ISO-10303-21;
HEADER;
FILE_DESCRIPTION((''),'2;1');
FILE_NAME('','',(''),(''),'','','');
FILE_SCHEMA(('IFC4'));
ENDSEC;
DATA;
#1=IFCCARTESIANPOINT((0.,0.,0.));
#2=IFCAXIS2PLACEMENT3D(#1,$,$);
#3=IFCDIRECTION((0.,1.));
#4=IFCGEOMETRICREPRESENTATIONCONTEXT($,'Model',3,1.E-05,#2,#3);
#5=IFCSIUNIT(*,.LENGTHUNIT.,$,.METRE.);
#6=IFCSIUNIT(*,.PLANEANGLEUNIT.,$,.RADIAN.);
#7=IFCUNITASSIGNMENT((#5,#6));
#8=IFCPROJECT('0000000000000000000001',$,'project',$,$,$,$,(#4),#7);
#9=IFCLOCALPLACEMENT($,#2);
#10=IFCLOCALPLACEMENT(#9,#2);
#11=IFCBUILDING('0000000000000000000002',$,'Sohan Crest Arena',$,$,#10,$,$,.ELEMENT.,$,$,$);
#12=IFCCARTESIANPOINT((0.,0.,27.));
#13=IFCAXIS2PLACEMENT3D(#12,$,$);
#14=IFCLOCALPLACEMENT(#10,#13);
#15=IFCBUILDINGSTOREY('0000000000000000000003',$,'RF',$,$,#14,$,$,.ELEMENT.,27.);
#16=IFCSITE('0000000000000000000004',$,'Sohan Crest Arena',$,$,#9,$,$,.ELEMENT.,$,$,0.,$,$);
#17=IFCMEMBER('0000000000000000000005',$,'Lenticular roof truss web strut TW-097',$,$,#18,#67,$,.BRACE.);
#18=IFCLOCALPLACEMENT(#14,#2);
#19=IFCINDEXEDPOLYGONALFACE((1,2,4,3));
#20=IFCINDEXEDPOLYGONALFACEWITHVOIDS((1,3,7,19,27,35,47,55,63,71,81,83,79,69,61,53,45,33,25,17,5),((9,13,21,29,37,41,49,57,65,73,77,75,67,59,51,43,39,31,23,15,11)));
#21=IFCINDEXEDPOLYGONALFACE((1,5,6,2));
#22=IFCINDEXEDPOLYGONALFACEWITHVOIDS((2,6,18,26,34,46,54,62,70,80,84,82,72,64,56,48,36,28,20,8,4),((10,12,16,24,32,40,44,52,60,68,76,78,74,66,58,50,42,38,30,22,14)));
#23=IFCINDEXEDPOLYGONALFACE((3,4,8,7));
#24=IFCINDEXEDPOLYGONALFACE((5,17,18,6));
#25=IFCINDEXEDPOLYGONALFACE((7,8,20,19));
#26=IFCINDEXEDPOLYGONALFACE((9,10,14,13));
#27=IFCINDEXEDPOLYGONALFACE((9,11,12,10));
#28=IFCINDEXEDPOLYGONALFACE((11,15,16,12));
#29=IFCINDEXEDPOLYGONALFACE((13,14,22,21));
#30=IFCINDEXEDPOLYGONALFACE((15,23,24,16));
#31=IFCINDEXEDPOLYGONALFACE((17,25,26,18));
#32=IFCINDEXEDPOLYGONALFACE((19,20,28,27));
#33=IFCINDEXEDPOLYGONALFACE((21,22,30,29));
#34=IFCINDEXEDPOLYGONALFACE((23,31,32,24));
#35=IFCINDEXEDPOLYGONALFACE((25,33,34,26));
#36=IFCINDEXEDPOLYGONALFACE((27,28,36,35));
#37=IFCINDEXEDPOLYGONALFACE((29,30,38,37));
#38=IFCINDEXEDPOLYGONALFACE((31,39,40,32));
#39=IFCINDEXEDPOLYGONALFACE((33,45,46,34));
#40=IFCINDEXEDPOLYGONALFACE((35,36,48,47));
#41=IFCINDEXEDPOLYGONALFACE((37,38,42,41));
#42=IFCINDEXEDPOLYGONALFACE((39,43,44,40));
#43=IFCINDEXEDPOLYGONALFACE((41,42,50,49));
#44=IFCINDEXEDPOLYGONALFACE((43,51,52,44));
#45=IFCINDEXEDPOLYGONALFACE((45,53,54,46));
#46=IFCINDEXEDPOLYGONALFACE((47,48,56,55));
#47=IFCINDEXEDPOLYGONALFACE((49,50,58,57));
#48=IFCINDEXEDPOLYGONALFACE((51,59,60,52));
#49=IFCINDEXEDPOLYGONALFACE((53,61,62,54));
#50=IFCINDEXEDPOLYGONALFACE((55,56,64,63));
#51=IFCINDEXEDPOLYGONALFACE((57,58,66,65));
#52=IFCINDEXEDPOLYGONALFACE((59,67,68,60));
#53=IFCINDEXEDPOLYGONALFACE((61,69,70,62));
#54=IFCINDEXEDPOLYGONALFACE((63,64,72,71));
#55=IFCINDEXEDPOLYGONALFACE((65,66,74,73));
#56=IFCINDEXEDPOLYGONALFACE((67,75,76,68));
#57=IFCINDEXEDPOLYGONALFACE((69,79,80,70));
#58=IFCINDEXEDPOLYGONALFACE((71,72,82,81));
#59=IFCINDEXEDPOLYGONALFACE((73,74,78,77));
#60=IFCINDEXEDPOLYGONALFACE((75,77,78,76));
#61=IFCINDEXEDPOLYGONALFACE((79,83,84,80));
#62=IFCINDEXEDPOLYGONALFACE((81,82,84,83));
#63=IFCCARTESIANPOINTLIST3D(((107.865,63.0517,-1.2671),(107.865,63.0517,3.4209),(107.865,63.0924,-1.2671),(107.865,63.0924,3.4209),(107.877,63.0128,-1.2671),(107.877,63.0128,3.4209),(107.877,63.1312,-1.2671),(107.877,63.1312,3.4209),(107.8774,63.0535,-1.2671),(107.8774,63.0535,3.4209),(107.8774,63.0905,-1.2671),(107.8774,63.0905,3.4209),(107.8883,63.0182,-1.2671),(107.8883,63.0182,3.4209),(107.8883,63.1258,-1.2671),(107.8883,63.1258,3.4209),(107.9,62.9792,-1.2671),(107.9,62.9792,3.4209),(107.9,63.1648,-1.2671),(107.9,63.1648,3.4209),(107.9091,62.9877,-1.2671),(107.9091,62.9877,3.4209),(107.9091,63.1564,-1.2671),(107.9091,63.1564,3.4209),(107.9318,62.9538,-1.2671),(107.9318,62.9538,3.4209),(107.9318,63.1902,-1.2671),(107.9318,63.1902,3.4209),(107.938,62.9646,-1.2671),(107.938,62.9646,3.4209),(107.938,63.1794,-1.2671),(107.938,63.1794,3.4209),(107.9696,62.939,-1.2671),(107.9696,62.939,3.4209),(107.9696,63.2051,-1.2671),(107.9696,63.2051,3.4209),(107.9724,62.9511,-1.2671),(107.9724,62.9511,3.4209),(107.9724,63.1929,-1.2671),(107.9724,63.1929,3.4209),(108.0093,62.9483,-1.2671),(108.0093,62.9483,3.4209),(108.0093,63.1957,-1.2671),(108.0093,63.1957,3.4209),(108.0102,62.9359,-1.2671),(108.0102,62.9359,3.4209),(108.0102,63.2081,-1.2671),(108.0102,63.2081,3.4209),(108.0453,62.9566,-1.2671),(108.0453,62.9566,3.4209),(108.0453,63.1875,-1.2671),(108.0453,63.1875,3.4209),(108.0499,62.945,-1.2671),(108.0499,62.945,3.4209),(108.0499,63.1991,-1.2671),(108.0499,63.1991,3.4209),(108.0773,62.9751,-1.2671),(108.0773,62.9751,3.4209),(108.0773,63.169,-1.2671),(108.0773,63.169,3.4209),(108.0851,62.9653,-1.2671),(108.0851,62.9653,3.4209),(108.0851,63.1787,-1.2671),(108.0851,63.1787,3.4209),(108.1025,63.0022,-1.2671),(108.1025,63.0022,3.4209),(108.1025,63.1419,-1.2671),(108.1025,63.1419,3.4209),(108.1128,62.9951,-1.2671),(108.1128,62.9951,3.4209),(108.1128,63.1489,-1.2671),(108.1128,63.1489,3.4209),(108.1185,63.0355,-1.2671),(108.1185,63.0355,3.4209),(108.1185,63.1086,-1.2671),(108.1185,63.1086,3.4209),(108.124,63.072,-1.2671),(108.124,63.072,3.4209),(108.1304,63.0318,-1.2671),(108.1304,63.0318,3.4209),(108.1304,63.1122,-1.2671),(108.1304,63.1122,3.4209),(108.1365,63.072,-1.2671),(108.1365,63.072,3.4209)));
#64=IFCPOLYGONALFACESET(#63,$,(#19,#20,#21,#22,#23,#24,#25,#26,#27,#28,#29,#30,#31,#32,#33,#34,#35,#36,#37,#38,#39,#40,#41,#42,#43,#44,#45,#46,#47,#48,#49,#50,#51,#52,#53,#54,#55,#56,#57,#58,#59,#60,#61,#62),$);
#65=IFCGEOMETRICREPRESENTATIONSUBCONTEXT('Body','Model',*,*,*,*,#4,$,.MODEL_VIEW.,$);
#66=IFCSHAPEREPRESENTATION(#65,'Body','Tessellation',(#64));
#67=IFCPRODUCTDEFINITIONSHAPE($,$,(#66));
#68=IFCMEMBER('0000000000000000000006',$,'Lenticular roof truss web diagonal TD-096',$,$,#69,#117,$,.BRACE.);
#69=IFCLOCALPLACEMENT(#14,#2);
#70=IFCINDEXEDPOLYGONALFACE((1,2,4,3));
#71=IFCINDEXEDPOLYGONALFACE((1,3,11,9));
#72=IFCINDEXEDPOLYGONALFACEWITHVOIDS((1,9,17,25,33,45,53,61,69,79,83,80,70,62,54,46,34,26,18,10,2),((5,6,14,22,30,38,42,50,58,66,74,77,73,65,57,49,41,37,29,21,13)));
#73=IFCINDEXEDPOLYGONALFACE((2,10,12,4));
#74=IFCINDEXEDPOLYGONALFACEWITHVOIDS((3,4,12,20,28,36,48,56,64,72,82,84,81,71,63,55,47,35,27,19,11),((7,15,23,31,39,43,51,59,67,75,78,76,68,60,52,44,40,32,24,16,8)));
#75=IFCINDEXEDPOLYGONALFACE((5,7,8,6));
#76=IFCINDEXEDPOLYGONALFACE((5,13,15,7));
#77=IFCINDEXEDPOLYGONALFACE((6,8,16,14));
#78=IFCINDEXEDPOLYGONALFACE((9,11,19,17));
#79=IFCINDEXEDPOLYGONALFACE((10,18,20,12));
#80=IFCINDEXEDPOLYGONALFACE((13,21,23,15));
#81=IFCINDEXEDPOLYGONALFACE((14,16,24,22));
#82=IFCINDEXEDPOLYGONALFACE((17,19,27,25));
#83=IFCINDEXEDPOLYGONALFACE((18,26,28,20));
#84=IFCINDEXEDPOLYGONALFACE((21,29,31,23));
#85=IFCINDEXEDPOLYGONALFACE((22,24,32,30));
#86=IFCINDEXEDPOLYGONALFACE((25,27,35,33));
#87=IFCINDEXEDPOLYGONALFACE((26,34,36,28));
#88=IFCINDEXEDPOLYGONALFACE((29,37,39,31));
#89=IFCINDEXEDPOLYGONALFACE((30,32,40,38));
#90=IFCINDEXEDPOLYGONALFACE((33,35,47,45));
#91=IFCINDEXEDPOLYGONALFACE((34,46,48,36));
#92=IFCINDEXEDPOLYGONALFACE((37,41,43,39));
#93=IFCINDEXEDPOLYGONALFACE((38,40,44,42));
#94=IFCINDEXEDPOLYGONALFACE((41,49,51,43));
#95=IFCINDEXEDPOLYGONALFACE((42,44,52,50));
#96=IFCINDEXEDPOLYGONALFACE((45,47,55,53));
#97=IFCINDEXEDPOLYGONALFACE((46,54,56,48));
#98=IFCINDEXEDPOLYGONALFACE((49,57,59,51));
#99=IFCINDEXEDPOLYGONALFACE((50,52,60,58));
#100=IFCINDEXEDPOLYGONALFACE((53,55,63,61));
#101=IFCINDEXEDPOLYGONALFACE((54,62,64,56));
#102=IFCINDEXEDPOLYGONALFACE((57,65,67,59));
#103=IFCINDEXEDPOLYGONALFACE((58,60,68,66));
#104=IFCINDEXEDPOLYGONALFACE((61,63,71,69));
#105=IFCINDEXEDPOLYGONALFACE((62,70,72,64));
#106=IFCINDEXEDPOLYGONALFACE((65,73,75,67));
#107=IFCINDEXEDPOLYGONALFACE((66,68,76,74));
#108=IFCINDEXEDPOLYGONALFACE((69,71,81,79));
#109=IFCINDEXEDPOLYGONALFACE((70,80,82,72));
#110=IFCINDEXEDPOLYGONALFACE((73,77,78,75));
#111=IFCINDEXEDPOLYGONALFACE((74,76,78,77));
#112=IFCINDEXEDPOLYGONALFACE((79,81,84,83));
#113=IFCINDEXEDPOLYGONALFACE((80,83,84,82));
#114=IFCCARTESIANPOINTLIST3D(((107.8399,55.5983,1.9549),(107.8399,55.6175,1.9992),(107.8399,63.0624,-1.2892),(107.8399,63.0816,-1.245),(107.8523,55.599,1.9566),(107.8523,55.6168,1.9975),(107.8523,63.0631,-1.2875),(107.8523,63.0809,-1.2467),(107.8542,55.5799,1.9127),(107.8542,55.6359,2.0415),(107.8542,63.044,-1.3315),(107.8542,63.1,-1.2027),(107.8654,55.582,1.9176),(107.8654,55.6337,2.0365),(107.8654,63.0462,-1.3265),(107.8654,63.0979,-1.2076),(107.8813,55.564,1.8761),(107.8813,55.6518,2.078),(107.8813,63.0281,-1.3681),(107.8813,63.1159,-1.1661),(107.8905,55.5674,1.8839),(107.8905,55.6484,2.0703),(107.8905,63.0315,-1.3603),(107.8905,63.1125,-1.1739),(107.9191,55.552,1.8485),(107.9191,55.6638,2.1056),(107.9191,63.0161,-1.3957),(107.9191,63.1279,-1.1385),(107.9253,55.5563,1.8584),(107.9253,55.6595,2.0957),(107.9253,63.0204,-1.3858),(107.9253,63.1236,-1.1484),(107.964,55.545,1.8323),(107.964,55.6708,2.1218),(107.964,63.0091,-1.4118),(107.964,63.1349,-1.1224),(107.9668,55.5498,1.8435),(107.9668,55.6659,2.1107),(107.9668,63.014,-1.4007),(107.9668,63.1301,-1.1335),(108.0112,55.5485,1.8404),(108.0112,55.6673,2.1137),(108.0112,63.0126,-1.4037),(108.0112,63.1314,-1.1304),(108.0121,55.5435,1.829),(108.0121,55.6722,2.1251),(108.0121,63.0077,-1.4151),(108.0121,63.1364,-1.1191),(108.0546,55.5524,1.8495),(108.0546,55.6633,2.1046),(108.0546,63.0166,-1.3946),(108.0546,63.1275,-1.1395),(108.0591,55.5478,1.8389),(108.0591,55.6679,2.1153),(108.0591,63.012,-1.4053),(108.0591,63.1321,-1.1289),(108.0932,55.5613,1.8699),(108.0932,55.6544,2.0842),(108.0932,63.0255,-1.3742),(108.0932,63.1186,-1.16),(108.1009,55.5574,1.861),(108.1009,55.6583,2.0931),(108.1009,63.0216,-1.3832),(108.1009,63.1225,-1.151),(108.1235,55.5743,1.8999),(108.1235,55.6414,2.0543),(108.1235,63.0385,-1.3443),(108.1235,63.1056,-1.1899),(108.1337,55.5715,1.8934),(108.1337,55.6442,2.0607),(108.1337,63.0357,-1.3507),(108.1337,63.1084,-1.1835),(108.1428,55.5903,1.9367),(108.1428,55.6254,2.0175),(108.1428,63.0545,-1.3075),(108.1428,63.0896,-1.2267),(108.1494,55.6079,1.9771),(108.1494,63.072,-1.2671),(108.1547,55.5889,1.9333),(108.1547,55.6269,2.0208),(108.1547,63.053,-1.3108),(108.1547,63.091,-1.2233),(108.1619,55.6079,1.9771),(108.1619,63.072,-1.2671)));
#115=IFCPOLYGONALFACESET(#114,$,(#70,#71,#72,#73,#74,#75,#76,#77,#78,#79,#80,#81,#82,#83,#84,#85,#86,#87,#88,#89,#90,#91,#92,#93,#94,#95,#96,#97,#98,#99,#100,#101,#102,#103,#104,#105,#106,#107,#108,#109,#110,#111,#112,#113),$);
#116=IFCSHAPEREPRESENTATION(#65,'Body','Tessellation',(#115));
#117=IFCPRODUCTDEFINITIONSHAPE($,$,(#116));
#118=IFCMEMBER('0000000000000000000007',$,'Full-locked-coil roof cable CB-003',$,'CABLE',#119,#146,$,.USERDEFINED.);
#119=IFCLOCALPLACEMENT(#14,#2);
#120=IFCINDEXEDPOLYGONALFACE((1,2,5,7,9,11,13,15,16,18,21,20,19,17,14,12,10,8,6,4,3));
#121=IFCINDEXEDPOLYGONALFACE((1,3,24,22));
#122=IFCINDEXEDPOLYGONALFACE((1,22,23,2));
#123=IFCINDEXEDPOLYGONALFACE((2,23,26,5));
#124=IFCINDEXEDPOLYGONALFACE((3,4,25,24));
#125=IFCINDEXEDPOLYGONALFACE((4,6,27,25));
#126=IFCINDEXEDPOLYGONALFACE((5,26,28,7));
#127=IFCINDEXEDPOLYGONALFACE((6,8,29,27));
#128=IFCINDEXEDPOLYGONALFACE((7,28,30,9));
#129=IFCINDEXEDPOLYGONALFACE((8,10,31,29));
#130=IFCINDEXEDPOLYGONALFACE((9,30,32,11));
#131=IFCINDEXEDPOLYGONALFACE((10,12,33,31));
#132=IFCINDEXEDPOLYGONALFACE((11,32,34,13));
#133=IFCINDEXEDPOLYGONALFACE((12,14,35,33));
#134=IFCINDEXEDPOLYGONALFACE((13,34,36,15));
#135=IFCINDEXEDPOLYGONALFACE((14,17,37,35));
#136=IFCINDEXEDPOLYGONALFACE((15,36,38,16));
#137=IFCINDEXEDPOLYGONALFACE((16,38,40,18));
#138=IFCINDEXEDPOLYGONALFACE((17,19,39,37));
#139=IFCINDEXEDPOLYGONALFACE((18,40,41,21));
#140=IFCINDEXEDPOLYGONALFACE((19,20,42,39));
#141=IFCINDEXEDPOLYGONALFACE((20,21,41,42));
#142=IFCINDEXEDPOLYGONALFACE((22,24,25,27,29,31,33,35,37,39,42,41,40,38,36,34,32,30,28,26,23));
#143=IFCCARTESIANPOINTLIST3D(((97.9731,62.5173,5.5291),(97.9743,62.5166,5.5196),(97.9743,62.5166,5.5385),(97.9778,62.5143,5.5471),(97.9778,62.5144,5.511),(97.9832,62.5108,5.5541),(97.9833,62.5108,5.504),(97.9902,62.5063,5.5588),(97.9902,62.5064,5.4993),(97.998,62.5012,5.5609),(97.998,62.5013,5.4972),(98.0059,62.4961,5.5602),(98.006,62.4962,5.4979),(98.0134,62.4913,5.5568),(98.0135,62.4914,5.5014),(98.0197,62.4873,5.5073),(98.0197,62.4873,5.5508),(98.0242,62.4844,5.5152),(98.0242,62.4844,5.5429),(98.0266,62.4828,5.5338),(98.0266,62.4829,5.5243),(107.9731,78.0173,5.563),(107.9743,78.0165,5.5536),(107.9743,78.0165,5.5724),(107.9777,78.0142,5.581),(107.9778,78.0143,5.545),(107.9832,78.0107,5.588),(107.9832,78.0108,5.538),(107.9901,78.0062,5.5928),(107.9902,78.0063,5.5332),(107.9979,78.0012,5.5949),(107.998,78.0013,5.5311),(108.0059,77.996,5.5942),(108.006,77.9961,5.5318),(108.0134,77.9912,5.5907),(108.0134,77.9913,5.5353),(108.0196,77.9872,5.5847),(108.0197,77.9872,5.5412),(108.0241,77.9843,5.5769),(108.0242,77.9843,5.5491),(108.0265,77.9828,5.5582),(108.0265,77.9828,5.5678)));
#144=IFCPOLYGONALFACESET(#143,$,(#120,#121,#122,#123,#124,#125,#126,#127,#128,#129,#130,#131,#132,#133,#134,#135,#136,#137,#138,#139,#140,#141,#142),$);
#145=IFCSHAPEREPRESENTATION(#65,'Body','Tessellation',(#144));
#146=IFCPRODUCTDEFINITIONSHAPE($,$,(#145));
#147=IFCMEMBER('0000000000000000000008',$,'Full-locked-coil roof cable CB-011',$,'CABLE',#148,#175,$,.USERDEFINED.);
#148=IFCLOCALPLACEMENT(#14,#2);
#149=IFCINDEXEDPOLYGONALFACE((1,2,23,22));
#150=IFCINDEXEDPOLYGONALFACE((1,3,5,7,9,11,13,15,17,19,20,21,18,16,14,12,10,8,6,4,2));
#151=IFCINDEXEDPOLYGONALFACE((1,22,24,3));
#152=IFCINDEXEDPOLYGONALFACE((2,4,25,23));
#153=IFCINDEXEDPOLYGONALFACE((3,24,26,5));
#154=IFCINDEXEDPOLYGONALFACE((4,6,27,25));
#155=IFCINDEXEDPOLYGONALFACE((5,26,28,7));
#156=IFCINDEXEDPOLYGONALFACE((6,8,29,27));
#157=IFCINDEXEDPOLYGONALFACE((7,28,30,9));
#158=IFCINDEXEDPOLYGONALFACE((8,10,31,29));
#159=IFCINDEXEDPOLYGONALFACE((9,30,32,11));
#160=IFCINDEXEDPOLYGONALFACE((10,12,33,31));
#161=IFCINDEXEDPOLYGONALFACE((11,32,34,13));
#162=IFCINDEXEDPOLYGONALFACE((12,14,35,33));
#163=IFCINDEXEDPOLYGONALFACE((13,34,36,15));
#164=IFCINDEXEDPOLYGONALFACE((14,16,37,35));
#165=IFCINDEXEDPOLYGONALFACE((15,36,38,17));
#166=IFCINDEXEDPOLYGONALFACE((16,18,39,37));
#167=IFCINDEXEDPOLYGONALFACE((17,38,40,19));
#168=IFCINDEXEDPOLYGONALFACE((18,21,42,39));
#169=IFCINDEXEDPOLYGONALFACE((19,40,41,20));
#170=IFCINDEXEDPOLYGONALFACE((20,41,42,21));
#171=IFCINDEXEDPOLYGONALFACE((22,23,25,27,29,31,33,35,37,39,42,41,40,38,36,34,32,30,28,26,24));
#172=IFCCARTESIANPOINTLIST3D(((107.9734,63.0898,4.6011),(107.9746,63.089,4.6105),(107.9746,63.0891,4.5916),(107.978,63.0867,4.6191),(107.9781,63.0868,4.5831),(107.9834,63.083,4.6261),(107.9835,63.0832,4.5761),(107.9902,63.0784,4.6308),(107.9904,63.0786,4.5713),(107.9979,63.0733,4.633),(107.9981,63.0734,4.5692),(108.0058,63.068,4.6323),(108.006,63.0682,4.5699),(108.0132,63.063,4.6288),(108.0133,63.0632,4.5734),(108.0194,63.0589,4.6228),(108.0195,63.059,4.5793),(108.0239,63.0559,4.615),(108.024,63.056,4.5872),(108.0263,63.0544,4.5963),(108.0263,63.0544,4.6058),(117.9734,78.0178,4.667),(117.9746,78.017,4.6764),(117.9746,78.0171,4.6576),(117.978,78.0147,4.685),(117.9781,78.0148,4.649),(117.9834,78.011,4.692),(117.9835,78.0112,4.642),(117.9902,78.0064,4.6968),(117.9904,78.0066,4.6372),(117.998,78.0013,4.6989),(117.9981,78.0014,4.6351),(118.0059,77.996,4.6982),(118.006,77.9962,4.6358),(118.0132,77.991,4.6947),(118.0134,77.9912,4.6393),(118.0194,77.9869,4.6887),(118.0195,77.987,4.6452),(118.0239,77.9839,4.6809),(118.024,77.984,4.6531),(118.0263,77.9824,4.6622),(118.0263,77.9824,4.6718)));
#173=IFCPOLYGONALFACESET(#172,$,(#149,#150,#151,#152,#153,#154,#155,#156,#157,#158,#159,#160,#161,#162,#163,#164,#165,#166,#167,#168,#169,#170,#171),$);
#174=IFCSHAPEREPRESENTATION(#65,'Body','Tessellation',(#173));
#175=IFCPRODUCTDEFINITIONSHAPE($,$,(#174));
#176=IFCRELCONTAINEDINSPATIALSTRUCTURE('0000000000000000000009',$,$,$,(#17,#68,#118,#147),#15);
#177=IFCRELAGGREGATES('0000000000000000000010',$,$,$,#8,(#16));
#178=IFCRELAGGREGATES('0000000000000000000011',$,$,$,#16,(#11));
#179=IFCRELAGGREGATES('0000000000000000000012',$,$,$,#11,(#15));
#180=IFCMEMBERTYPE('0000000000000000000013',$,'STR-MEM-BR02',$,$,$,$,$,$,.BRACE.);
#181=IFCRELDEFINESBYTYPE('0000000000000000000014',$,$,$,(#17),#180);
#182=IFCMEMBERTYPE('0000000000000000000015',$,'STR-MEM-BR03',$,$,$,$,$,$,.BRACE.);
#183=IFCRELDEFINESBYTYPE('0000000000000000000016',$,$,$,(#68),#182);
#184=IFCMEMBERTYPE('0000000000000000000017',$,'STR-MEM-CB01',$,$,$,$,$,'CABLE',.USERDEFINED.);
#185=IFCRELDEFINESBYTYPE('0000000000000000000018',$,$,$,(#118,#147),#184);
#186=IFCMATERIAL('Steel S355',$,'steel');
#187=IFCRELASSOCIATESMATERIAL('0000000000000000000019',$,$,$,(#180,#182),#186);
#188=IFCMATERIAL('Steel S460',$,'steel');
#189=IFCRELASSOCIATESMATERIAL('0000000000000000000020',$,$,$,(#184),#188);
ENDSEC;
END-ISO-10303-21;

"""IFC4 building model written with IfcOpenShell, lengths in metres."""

from ifc_helpers import new_model, si_unit, direction, frame, origin, origin_2d, place, context, subcontext, project, spatial, circle, hollow_circle, extrude, material, material_profile, profile_set, type_object, element, save


model = new_model("IFC4")

# Units and contexts
model_context = context("Model", 3, precision=1e-05, world=origin(), true_north=direction((0.0, 1.0)))
body_context = subcontext(model_context, "Body", "Model", "MODEL_VIEW")
ifc_project = project(units=[si_unit("LENGTHUNIT", "METRE"), si_unit("PLANEANGLEUNIT", "RADIAN")], contexts=[model_context])

# Site, building, storey
site_placement = place(None, origin())
site = spatial("IfcSite", under=ifc_project, at=site_placement, Name="Sohan Crest Arena", CompositionType="ELEMENT", RefElevation=0.0)
building_placement = place(site_placement, origin())
building = spatial("IfcBuilding", under=site, at=building_placement, Name="Sohan Crest Arena", CompositionType="ELEMENT")
storey_placement = place(building_placement, frame((0.0, 0.0, 27.0)))
storey = spatial("IfcBuildingStorey", under=building, at=storey_placement, Name="RF", CompositionType="ELEMENT", Elevation=27.0)

# Shared definitions
ifc_material_1 = material(Name="Steel S355", Category="steel")

# Members
ifc_material_profile_1 = material_profile(ifc_material_1, hollow_circle(Radius=0.1365, WallThickness=0.0125, at=origin_2d()), Name="CHS 273x12.5")
ifc_profile_set_1 = profile_set([ifc_material_profile_1], Name="Steel S355")
member_type_1 = type_object("IfcMemberType", Name="STR-MEM-BR02", PredefinedType="BRACE", material=ifc_profile_set_1)
member_1_placement = place(storey_placement, frame((108.0, 63.072, -1.2671), z_axis=(0.0, 0.0, 1.0), x_axis=(1.0, 0.0, 0.0)))
element("IfcMember", 1, at=member_1_placement, inside=storey, type_object=member_type_1, Name="Lenticular roof truss web strut TW-097", PredefinedType="BRACE", context=body_context, shape_type="SweptSolid", body=[
    extrude(hollow_circle(Radius=0.1365, WallThickness=0.0125, at=origin_2d()), origin(), (0.0, 0.0, 1.0), 4.688),
])
ifc_material_profile_2 = material_profile(ifc_material_1, hollow_circle(Radius=0.1619, WallThickness=0.0125, at=origin_2d()), Name="CHS 323.9x12.5")
ifc_profile_set_2 = profile_set([ifc_material_profile_2], Name="Steel S355")
member_type_2 = type_object("IfcMemberType", Name="STR-MEM-BR03", PredefinedType="BRACE", material=ifc_profile_set_2)
member_2_placement = place(storey_placement, frame((108.0, 63.072, -1.2671), z_axis=(0.0, -0.917121, 0.39861), x_axis=(1.0, 0.0, 0.0)))
element("IfcMember", 2, at=member_2_placement, inside=storey, type_object=member_type_2, Name="Lenticular roof truss web diagonal TD-096", PredefinedType="BRACE", context=body_context, shape_type="SweptSolid", body=[
    extrude(hollow_circle(Radius=0.1619, WallThickness=0.0125, at=origin_2d()), origin(), (0.0, 0.0, 1.0), 8.1387),
])
ifc_material_2 = material(Name="Steel S460", Category="steel")
ifc_material_profile_3 = material_profile(ifc_material_2, circle(Radius=0.032, at=origin_2d()), Name="FLC D64")
ifc_profile_set_3 = profile_set([ifc_material_profile_3], Name="Steel S460")
member_type_3 = type_object("IfcMemberType", Name="STR-MEM-CB01", ElementType="CABLE", PredefinedType="USERDEFINED", material=ifc_profile_set_3)
member_3_placement = place(storey_placement, frame((98.0, 62.5, 5.5291), z_axis=(0.542126, 0.840295, 0.00184), x_axis=(-0.840297, 0.542127, 0.0)))
element("IfcMember", 3, at=member_3_placement, inside=storey, type_object=member_type_3, Name="Full-locked-coil roof cable CB-003", ObjectType="CABLE", PredefinedType="USERDEFINED", context=body_context, shape_type="SweptSolid", body=[
    extrude(circle(Radius=0.032, at=origin_2d()), origin(), (0.0, 0.0, 1.0), 18.4458),
])
member_4_placement = place(storey_placement, frame((108.0, 63.072, 4.6011), z_axis=(0.556545, 0.830809, 0.003669), x_axis=(-0.830815, 0.556549, 0.0)))
element("IfcMember", 4, at=member_4_placement, inside=storey, type_object=member_type_3, Name="Full-locked-coil roof cable CB-011", ObjectType="CABLE", PredefinedType="USERDEFINED", context=body_context, shape_type="SweptSolid", body=[
    extrude(circle(Radius=0.032, at=origin_2d()), origin(), (0.0, 0.0, 1.0), 17.968),
])

save(model, "model.ifc")
